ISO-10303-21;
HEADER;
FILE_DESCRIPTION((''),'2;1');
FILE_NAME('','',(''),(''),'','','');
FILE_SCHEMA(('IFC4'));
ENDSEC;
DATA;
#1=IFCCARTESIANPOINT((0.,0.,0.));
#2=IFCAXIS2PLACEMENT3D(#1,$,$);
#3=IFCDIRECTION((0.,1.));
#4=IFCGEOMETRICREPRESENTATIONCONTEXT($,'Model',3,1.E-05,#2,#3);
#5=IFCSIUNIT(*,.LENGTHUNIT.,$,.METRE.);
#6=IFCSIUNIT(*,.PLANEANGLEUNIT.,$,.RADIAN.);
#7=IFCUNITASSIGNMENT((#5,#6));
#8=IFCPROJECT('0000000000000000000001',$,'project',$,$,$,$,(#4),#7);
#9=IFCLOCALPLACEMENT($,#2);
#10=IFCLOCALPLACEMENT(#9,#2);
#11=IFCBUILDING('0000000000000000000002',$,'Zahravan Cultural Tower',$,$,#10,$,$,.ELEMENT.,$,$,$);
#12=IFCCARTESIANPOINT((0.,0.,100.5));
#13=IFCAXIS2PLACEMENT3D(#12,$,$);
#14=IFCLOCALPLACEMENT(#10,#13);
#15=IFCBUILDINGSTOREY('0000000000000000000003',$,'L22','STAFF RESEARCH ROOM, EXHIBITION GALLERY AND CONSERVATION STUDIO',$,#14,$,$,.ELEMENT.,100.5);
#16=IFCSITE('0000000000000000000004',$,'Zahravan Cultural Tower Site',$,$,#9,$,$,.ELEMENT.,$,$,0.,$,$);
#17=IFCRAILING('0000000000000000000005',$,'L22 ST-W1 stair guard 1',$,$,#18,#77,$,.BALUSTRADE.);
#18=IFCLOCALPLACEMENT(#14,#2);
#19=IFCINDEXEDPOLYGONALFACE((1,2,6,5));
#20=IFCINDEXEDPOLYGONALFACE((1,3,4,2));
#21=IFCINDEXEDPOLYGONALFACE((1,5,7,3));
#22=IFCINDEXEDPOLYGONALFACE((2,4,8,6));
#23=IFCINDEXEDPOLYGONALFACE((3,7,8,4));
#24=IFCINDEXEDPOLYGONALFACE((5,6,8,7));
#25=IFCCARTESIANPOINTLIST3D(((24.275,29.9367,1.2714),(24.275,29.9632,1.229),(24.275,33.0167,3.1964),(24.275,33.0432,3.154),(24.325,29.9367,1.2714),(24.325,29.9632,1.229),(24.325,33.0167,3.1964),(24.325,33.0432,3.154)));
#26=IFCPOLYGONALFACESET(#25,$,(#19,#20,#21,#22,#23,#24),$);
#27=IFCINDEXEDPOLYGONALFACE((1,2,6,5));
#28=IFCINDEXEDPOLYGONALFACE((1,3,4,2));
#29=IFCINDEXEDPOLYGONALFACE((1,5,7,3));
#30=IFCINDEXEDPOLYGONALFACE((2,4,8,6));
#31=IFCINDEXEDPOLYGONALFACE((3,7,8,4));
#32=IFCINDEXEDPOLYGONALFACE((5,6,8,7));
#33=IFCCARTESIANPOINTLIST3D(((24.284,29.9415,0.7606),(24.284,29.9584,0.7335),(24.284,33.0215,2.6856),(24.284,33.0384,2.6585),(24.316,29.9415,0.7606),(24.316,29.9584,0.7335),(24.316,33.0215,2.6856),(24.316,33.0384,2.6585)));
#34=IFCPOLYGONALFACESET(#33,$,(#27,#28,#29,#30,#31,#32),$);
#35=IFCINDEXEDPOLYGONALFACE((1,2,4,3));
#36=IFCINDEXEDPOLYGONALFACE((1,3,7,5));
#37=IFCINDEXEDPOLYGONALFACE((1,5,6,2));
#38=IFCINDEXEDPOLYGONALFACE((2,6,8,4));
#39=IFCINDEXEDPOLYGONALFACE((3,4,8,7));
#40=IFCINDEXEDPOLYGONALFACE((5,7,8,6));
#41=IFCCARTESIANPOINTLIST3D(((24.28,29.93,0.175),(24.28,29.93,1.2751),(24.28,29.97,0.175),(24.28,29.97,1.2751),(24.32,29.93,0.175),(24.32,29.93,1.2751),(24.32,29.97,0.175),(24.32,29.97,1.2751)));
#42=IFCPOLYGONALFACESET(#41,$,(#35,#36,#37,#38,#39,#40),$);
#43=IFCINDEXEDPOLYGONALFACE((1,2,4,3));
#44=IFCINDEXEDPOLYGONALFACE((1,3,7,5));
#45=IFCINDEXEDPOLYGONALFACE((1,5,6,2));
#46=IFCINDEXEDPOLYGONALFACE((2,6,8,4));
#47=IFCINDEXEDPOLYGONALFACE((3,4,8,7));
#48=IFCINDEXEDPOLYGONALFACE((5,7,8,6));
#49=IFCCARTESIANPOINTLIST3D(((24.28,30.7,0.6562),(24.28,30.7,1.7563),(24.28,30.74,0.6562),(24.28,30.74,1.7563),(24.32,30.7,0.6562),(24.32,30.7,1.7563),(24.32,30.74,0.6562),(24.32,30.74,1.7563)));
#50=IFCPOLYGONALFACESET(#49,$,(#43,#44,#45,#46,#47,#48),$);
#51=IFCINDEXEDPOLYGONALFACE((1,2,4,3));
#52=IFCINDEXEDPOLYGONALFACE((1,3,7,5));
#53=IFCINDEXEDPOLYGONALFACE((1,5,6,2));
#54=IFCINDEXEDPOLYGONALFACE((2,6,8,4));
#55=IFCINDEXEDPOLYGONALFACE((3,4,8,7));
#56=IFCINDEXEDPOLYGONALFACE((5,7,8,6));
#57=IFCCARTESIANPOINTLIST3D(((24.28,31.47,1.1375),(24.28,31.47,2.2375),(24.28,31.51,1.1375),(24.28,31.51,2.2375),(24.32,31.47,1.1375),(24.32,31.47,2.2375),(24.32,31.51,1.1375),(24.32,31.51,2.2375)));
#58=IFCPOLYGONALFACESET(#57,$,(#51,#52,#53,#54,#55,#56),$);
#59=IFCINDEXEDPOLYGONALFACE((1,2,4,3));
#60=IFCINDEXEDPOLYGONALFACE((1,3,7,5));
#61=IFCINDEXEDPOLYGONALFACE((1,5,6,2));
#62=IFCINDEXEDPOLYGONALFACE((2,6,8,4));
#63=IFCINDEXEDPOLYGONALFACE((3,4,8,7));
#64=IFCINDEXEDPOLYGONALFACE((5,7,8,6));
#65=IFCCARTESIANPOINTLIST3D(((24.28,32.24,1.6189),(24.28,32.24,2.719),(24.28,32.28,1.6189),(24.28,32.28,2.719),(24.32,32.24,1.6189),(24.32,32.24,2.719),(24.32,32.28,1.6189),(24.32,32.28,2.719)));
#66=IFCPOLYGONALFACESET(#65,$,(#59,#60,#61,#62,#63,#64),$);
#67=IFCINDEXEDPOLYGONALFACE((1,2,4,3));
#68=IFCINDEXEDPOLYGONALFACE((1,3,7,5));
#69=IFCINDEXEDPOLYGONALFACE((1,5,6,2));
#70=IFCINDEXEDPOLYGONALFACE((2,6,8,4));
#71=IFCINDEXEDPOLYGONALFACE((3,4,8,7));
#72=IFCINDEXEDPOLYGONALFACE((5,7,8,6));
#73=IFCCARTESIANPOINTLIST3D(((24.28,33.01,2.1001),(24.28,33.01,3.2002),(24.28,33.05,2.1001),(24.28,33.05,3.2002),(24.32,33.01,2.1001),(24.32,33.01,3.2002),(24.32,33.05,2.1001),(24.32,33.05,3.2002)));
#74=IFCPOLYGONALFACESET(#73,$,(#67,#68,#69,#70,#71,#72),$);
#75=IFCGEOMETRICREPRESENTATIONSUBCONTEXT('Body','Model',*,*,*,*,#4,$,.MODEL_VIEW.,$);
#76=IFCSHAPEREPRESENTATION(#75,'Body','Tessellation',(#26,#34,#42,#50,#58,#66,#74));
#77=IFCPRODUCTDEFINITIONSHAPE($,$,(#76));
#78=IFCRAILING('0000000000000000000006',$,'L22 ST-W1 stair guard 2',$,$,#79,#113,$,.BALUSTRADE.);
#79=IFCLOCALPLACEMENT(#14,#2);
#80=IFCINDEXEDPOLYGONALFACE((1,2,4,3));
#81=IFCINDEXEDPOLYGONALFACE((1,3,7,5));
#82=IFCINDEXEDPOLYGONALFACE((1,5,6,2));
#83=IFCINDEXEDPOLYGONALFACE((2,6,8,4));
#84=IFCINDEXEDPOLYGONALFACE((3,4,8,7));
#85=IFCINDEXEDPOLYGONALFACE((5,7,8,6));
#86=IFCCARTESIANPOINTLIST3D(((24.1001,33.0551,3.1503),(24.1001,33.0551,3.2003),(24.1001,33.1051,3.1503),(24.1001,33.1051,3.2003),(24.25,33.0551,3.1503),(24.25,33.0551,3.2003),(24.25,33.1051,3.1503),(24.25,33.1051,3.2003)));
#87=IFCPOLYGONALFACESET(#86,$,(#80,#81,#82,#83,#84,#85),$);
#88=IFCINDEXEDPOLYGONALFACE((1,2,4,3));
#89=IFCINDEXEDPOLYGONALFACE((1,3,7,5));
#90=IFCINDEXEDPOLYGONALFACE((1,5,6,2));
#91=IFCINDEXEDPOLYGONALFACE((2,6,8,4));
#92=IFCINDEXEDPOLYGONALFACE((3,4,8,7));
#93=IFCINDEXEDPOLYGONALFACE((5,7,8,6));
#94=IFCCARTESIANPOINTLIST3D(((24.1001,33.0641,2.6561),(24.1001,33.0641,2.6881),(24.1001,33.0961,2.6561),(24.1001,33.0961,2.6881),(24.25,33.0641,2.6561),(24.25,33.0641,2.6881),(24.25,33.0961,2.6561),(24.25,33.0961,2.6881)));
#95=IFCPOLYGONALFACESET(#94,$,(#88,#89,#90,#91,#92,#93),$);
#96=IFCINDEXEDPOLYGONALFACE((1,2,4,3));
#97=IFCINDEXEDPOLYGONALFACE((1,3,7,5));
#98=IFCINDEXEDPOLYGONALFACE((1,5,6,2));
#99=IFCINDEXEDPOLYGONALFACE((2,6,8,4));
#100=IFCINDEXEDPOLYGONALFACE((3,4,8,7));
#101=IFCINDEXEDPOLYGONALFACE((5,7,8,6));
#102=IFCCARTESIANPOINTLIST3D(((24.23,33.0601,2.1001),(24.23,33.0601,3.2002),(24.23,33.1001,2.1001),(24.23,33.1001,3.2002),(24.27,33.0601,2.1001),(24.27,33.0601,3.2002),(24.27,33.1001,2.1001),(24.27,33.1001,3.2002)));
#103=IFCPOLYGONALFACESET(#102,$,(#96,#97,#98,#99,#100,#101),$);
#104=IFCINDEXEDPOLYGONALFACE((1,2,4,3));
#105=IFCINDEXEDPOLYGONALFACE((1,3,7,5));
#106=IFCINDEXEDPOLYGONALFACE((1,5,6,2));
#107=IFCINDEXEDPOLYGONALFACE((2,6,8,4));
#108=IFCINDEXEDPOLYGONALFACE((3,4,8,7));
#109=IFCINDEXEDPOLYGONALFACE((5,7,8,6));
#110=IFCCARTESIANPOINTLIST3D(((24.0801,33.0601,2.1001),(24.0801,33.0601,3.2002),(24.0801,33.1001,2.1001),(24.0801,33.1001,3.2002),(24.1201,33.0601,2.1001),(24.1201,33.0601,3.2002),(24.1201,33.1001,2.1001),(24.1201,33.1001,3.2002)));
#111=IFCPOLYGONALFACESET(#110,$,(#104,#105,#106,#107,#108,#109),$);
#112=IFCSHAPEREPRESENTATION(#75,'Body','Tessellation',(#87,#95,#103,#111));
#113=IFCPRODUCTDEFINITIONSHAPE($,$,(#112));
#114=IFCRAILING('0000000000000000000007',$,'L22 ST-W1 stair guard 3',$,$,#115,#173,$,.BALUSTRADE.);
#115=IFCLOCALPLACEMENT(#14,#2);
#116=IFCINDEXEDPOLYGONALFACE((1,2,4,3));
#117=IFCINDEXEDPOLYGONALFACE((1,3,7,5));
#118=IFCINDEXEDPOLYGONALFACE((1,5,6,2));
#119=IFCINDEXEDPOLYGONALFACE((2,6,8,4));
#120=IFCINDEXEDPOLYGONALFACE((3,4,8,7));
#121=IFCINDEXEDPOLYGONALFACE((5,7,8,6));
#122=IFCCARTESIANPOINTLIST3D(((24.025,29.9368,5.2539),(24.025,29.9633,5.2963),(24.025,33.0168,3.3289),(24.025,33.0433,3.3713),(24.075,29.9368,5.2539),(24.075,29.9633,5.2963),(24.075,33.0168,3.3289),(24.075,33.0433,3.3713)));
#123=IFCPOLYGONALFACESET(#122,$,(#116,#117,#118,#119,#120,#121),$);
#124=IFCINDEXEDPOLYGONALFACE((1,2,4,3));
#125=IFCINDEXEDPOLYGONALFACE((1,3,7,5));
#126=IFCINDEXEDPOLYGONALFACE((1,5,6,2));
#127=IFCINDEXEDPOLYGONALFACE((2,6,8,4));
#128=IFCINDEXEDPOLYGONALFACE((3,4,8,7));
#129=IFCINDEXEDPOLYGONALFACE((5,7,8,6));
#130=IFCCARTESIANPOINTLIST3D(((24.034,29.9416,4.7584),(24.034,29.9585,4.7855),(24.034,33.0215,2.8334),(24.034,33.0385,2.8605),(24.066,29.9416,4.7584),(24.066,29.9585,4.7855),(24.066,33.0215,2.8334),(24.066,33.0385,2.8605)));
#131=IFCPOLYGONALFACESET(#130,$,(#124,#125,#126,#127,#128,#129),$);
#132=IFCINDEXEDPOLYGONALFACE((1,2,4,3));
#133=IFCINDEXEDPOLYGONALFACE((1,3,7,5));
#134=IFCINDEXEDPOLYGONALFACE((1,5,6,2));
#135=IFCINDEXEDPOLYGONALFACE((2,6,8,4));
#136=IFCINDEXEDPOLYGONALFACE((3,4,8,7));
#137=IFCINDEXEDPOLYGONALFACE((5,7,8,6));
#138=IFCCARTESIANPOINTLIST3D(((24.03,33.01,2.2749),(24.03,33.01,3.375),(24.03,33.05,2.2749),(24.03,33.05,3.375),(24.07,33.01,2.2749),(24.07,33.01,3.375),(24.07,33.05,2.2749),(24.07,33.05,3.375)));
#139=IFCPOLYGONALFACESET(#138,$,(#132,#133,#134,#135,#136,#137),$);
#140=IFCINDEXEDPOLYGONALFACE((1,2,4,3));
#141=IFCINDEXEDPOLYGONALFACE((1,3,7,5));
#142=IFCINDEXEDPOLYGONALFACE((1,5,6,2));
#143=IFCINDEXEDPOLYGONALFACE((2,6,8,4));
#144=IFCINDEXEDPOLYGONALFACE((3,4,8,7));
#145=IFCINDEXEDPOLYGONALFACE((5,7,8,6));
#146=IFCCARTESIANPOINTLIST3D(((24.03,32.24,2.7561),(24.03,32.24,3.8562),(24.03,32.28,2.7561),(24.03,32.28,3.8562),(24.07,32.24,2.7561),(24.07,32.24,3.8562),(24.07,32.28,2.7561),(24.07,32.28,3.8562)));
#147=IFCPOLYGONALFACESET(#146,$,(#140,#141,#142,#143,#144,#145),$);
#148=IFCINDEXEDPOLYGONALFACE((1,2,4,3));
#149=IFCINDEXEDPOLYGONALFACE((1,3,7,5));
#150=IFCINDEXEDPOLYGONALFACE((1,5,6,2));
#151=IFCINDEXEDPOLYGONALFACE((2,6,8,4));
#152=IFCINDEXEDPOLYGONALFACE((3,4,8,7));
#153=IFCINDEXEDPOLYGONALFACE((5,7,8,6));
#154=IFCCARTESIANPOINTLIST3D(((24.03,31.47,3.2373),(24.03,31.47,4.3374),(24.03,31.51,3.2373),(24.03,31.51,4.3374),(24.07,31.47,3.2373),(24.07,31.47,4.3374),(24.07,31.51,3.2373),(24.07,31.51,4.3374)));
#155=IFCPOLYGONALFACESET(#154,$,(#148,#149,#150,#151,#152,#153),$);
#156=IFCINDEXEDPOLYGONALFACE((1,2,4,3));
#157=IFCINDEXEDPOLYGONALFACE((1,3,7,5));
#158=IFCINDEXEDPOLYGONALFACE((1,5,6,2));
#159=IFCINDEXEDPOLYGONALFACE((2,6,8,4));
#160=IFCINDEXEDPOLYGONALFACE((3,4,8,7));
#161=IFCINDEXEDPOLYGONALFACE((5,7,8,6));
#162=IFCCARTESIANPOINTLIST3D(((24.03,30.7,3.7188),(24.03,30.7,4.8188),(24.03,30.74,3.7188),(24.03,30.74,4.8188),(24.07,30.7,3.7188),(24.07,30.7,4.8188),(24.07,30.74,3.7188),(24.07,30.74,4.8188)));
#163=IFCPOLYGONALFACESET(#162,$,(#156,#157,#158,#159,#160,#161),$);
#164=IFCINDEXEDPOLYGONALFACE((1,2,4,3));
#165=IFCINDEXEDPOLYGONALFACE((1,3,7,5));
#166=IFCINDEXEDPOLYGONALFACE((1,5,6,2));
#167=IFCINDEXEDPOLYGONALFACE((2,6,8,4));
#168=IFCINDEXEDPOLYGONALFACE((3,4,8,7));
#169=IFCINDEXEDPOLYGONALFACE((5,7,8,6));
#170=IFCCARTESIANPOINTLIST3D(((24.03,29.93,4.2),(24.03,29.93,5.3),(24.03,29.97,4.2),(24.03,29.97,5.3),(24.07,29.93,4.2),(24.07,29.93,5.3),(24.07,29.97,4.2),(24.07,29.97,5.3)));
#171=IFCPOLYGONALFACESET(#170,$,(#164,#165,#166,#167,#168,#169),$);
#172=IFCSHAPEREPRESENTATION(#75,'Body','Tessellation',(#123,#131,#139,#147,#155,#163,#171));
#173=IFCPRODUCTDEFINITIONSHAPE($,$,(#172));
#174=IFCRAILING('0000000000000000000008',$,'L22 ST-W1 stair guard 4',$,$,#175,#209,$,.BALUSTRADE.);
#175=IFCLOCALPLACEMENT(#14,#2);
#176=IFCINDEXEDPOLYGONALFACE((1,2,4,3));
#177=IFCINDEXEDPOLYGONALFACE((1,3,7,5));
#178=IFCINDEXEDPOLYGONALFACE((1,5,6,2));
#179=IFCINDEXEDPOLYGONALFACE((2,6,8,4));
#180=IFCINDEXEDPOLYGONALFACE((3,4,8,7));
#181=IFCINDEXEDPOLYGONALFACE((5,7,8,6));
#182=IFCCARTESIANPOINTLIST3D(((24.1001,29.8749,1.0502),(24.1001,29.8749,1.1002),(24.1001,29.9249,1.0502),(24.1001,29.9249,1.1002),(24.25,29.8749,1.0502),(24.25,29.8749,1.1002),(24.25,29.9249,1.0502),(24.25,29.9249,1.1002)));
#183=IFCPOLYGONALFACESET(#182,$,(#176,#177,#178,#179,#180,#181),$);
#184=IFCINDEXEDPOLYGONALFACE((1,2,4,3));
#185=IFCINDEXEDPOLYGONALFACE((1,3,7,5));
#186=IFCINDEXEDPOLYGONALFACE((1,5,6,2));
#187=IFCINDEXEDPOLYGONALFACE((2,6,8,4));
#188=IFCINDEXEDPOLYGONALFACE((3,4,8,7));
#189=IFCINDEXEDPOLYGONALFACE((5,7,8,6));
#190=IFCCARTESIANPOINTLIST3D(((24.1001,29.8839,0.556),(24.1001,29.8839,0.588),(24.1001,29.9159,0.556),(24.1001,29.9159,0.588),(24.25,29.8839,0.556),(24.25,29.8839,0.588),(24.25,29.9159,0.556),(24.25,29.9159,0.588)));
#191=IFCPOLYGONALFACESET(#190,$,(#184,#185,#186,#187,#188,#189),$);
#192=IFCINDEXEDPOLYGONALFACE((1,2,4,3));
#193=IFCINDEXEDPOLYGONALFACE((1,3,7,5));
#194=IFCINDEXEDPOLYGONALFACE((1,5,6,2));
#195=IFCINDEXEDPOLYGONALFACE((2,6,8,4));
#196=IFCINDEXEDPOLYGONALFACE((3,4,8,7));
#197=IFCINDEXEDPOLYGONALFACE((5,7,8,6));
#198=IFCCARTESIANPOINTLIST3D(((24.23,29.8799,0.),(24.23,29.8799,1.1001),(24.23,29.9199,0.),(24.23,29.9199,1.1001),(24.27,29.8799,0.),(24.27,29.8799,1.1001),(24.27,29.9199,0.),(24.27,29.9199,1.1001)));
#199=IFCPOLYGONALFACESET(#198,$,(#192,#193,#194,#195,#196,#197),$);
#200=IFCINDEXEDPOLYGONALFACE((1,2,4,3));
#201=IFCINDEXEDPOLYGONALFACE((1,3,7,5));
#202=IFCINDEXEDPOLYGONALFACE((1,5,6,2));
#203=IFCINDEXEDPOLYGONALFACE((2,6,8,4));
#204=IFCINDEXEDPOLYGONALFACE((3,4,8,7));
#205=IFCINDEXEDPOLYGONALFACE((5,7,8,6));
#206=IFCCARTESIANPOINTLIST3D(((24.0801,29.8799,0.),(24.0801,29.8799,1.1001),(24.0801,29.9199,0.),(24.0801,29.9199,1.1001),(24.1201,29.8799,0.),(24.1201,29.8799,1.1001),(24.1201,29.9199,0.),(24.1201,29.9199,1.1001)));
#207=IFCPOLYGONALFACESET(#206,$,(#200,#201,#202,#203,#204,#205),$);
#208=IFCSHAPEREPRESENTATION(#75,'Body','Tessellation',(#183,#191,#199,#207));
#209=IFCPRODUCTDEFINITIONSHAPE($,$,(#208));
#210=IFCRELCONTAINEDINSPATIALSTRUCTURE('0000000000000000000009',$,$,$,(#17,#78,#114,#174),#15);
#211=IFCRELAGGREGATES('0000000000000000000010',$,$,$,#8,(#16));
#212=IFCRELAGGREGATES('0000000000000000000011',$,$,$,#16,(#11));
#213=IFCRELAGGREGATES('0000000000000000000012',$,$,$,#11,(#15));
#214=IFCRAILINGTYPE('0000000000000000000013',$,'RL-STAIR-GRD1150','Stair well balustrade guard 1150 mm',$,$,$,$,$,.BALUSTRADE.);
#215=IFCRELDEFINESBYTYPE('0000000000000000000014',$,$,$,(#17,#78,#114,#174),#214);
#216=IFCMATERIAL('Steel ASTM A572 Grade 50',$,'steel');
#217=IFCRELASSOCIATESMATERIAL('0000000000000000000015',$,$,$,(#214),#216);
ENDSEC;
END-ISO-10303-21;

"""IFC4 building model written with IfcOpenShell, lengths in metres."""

from ifc_helpers import new_model, si_unit, direction, frame, origin, origin_2d, place, context, subcontext, project, spatial, rectangle, extrude, material, type_object, element, save


model = new_model("IFC4")

# Units and contexts
model_context = context("Model", 3, precision=1e-05, world=origin(), true_north=direction((0.0, 1.0)))
body_context = subcontext(model_context, "Body", "Model", "MODEL_VIEW")
ifc_project = project(units=[si_unit("LENGTHUNIT", "METRE"), si_unit("PLANEANGLEUNIT", "RADIAN")], contexts=[model_context])

# Site, building, storey
site_placement = place(None, origin())
site = spatial("IfcSite", under=ifc_project, at=site_placement, Name="Zahravan Cultural Tower Site", CompositionType="ELEMENT", RefElevation=0.0)
building_placement = place(site_placement, origin())
building = spatial("IfcBuilding", under=site, at=building_placement, Name="Zahravan Cultural Tower", CompositionType="ELEMENT")
storey_placement = place(building_placement, frame((0.0, 0.0, 100.5)))
storey = spatial("IfcBuildingStorey", under=building, at=storey_placement, Name="L22", Description="STAFF RESEARCH ROOM, EXHIBITION GALLERY AND CONSERVATION STUDIO", CompositionType="ELEMENT", Elevation=100.5)

# Shared definitions
ifc_material_1 = material(Name="Steel ASTM A572 Grade 50", Category="steel")

# Railings
railing_type_1 = type_object("IfcRailingType", Name="RL-STAIR-GRD1150", Description="Stair well balustrade guard 1150 mm", PredefinedType="BALUSTRADE", material=ifc_material_1)
railing_1_placement = place(storey_placement, frame((24.3, 29.95, 0.175)))
element("IfcRailing", 1, at=railing_1_placement, inside=storey, type_object=railing_type_1, Name="L22 ST-W1 stair guard 1", PredefinedType="BALUSTRADE", context=body_context, shape_type="SweptSolid", body=[
    extrude(rectangle(XDim=0.05, YDim=0.05, at=origin_2d()), frame((0.0, 0.0, 1.0752), z_axis=(0.0, 0.847998, 0.529999), x_axis=(-1.0, 0.0, 0.0)), (0.0, 0.0, 1.0), 3.6321),
    extrude(rectangle(XDim=0.032, YDim=0.032, at=origin_2d()), frame((0.0, 0.0, 0.572), z_axis=(0.0, 0.847998, 0.529999), x_axis=(-1.0, 0.0, 0.0)), (0.0, 0.0, 1.0), 3.6321),
    extrude(rectangle(XDim=0.04, YDim=0.04, at=origin_2d()), origin(), (0.0, 0.0, 1.0), 1.1001),
    extrude(rectangle(XDim=0.04, YDim=0.04, at=origin_2d()), frame((0.0, 0.77, 0.4812)), (0.0, 0.0, 1.0), 1.1001),
    extrude(rectangle(XDim=0.04, YDim=0.04, at=origin_2d()), frame((0.0, 1.54, 0.9624)), (0.0, 0.0, 1.0), 1.1001),
    extrude(rectangle(XDim=0.04, YDim=0.04, at=origin_2d()), frame((0.0, 2.3101, 1.4438)), (0.0, 0.0, 1.0), 1.1001),
    extrude(rectangle(XDim=0.04, YDim=0.04, at=origin_2d()), frame((0.0, 3.0801, 1.925)), (0.0, 0.0, 1.0), 1.1001),
])
railing_2_placement = place(storey_placement, frame((24.25, 33.0801, 2.1001)))
element("IfcRailing", 2, at=railing_2_placement, inside=storey, type_object=railing_type_1, Name="L22 ST-W1 stair guard 2", PredefinedType="BALUSTRADE", context=body_context, shape_type="SweptSolid", body=[
    extrude(rectangle(XDim=0.05, YDim=0.05, at=origin_2d()), frame((0.0, 0.0, 1.0752), z_axis=(-1.0, 0.0, 0.0), x_axis=(0.0, -1.0, 0.0)), (0.0, 0.0, 1.0), 0.1499),
    extrude(rectangle(XDim=0.032, YDim=0.032, at=origin_2d()), frame((0.0, 0.0, 0.572), z_axis=(-1.0, 0.0, 0.0), x_axis=(0.0, -1.0, 0.0)), (0.0, 0.0, 1.0), 0.1499),
    extrude(rectangle(XDim=0.04, YDim=0.04, at=origin_2d()), origin(), (0.0, 0.0, 1.0), 1.1001),
    extrude(rectangle(XDim=0.04, YDim=0.04, at=origin_2d()), frame((-0.1499, 0.0, 0.0)), (0.0, 0.0, 1.0), 1.1001),
])
railing_3_placement = place(storey_placement, frame((24.05, 33.03, 2.2749)))
element("IfcRailing", 3, at=railing_3_placement, inside=storey, type_object=railing_type_1, Name="L22 ST-W1 stair guard 3", PredefinedType="BALUSTRADE", context=body_context, shape_type="SweptSolid", body=[
    extrude(rectangle(XDim=0.05, YDim=0.05, at=origin_2d()), frame((0.0, 0.0, 1.0752), z_axis=(0.0, -0.847998, 0.529999), x_axis=(1.0, 0.0, 0.0)), (0.0, 0.0, 1.0), 3.6321),
    extrude(rectangle(XDim=0.032, YDim=0.032, at=origin_2d()), frame((0.0, 0.0, 0.572), z_axis=(0.0, -0.847998, 0.529999), x_axis=(1.0, 0.0, 0.0)), (0.0, 0.0, 1.0), 3.6321),
    extrude(rectangle(XDim=0.04, YDim=0.04, at=origin_2d()), origin(), (0.0, 0.0, 1.0), 1.1001),
    extrude(rectangle(XDim=0.04, YDim=0.04, at=origin_2d()), frame((0.0, -0.77, 0.4812)), (0.0, 0.0, 1.0), 1.1001),
    extrude(rectangle(XDim=0.04, YDim=0.04, at=origin_2d()), frame((0.0, -1.54, 0.9624)), (0.0, 0.0, 1.0), 1.1001),
    extrude(rectangle(XDim=0.04, YDim=0.04, at=origin_2d()), frame((0.0, -2.3101, 1.4438)), (0.0, 0.0, 1.0), 1.1001),
    extrude(rectangle(XDim=0.04, YDim=0.04, at=origin_2d()), frame((0.0, -3.0801, 1.925)), (0.0, 0.0, 1.0), 1.1001),
])
railing_4_placement = place(storey_placement, frame((24.25, 29.8999, 0.0)))
element("IfcRailing", 4, at=railing_4_placement, inside=storey, type_object=railing_type_1, Name="L22 ST-W1 stair guard 4", PredefinedType="BALUSTRADE", context=body_context, shape_type="SweptSolid", body=[
    extrude(rectangle(XDim=0.05, YDim=0.05, at=origin_2d()), frame((0.0, 0.0, 1.0752), z_axis=(-1.0, 0.0, 0.0), x_axis=(0.0, -1.0, 0.0)), (0.0, 0.0, 1.0), 0.1499),
    extrude(rectangle(XDim=0.032, YDim=0.032, at=origin_2d()), frame((0.0, 0.0, 0.572), z_axis=(-1.0, 0.0, 0.0), x_axis=(0.0, -1.0, 0.0)), (0.0, 0.0, 1.0), 0.1499),
    extrude(rectangle(XDim=0.04, YDim=0.04, at=origin_2d()), origin(), (0.0, 0.0, 1.0), 1.1001),
    extrude(rectangle(XDim=0.04, YDim=0.04, at=origin_2d()), frame((-0.1499, 0.0, 0.0)), (0.0, 0.0, 1.0), 1.1001),
])

save(model, "model.ifc")
